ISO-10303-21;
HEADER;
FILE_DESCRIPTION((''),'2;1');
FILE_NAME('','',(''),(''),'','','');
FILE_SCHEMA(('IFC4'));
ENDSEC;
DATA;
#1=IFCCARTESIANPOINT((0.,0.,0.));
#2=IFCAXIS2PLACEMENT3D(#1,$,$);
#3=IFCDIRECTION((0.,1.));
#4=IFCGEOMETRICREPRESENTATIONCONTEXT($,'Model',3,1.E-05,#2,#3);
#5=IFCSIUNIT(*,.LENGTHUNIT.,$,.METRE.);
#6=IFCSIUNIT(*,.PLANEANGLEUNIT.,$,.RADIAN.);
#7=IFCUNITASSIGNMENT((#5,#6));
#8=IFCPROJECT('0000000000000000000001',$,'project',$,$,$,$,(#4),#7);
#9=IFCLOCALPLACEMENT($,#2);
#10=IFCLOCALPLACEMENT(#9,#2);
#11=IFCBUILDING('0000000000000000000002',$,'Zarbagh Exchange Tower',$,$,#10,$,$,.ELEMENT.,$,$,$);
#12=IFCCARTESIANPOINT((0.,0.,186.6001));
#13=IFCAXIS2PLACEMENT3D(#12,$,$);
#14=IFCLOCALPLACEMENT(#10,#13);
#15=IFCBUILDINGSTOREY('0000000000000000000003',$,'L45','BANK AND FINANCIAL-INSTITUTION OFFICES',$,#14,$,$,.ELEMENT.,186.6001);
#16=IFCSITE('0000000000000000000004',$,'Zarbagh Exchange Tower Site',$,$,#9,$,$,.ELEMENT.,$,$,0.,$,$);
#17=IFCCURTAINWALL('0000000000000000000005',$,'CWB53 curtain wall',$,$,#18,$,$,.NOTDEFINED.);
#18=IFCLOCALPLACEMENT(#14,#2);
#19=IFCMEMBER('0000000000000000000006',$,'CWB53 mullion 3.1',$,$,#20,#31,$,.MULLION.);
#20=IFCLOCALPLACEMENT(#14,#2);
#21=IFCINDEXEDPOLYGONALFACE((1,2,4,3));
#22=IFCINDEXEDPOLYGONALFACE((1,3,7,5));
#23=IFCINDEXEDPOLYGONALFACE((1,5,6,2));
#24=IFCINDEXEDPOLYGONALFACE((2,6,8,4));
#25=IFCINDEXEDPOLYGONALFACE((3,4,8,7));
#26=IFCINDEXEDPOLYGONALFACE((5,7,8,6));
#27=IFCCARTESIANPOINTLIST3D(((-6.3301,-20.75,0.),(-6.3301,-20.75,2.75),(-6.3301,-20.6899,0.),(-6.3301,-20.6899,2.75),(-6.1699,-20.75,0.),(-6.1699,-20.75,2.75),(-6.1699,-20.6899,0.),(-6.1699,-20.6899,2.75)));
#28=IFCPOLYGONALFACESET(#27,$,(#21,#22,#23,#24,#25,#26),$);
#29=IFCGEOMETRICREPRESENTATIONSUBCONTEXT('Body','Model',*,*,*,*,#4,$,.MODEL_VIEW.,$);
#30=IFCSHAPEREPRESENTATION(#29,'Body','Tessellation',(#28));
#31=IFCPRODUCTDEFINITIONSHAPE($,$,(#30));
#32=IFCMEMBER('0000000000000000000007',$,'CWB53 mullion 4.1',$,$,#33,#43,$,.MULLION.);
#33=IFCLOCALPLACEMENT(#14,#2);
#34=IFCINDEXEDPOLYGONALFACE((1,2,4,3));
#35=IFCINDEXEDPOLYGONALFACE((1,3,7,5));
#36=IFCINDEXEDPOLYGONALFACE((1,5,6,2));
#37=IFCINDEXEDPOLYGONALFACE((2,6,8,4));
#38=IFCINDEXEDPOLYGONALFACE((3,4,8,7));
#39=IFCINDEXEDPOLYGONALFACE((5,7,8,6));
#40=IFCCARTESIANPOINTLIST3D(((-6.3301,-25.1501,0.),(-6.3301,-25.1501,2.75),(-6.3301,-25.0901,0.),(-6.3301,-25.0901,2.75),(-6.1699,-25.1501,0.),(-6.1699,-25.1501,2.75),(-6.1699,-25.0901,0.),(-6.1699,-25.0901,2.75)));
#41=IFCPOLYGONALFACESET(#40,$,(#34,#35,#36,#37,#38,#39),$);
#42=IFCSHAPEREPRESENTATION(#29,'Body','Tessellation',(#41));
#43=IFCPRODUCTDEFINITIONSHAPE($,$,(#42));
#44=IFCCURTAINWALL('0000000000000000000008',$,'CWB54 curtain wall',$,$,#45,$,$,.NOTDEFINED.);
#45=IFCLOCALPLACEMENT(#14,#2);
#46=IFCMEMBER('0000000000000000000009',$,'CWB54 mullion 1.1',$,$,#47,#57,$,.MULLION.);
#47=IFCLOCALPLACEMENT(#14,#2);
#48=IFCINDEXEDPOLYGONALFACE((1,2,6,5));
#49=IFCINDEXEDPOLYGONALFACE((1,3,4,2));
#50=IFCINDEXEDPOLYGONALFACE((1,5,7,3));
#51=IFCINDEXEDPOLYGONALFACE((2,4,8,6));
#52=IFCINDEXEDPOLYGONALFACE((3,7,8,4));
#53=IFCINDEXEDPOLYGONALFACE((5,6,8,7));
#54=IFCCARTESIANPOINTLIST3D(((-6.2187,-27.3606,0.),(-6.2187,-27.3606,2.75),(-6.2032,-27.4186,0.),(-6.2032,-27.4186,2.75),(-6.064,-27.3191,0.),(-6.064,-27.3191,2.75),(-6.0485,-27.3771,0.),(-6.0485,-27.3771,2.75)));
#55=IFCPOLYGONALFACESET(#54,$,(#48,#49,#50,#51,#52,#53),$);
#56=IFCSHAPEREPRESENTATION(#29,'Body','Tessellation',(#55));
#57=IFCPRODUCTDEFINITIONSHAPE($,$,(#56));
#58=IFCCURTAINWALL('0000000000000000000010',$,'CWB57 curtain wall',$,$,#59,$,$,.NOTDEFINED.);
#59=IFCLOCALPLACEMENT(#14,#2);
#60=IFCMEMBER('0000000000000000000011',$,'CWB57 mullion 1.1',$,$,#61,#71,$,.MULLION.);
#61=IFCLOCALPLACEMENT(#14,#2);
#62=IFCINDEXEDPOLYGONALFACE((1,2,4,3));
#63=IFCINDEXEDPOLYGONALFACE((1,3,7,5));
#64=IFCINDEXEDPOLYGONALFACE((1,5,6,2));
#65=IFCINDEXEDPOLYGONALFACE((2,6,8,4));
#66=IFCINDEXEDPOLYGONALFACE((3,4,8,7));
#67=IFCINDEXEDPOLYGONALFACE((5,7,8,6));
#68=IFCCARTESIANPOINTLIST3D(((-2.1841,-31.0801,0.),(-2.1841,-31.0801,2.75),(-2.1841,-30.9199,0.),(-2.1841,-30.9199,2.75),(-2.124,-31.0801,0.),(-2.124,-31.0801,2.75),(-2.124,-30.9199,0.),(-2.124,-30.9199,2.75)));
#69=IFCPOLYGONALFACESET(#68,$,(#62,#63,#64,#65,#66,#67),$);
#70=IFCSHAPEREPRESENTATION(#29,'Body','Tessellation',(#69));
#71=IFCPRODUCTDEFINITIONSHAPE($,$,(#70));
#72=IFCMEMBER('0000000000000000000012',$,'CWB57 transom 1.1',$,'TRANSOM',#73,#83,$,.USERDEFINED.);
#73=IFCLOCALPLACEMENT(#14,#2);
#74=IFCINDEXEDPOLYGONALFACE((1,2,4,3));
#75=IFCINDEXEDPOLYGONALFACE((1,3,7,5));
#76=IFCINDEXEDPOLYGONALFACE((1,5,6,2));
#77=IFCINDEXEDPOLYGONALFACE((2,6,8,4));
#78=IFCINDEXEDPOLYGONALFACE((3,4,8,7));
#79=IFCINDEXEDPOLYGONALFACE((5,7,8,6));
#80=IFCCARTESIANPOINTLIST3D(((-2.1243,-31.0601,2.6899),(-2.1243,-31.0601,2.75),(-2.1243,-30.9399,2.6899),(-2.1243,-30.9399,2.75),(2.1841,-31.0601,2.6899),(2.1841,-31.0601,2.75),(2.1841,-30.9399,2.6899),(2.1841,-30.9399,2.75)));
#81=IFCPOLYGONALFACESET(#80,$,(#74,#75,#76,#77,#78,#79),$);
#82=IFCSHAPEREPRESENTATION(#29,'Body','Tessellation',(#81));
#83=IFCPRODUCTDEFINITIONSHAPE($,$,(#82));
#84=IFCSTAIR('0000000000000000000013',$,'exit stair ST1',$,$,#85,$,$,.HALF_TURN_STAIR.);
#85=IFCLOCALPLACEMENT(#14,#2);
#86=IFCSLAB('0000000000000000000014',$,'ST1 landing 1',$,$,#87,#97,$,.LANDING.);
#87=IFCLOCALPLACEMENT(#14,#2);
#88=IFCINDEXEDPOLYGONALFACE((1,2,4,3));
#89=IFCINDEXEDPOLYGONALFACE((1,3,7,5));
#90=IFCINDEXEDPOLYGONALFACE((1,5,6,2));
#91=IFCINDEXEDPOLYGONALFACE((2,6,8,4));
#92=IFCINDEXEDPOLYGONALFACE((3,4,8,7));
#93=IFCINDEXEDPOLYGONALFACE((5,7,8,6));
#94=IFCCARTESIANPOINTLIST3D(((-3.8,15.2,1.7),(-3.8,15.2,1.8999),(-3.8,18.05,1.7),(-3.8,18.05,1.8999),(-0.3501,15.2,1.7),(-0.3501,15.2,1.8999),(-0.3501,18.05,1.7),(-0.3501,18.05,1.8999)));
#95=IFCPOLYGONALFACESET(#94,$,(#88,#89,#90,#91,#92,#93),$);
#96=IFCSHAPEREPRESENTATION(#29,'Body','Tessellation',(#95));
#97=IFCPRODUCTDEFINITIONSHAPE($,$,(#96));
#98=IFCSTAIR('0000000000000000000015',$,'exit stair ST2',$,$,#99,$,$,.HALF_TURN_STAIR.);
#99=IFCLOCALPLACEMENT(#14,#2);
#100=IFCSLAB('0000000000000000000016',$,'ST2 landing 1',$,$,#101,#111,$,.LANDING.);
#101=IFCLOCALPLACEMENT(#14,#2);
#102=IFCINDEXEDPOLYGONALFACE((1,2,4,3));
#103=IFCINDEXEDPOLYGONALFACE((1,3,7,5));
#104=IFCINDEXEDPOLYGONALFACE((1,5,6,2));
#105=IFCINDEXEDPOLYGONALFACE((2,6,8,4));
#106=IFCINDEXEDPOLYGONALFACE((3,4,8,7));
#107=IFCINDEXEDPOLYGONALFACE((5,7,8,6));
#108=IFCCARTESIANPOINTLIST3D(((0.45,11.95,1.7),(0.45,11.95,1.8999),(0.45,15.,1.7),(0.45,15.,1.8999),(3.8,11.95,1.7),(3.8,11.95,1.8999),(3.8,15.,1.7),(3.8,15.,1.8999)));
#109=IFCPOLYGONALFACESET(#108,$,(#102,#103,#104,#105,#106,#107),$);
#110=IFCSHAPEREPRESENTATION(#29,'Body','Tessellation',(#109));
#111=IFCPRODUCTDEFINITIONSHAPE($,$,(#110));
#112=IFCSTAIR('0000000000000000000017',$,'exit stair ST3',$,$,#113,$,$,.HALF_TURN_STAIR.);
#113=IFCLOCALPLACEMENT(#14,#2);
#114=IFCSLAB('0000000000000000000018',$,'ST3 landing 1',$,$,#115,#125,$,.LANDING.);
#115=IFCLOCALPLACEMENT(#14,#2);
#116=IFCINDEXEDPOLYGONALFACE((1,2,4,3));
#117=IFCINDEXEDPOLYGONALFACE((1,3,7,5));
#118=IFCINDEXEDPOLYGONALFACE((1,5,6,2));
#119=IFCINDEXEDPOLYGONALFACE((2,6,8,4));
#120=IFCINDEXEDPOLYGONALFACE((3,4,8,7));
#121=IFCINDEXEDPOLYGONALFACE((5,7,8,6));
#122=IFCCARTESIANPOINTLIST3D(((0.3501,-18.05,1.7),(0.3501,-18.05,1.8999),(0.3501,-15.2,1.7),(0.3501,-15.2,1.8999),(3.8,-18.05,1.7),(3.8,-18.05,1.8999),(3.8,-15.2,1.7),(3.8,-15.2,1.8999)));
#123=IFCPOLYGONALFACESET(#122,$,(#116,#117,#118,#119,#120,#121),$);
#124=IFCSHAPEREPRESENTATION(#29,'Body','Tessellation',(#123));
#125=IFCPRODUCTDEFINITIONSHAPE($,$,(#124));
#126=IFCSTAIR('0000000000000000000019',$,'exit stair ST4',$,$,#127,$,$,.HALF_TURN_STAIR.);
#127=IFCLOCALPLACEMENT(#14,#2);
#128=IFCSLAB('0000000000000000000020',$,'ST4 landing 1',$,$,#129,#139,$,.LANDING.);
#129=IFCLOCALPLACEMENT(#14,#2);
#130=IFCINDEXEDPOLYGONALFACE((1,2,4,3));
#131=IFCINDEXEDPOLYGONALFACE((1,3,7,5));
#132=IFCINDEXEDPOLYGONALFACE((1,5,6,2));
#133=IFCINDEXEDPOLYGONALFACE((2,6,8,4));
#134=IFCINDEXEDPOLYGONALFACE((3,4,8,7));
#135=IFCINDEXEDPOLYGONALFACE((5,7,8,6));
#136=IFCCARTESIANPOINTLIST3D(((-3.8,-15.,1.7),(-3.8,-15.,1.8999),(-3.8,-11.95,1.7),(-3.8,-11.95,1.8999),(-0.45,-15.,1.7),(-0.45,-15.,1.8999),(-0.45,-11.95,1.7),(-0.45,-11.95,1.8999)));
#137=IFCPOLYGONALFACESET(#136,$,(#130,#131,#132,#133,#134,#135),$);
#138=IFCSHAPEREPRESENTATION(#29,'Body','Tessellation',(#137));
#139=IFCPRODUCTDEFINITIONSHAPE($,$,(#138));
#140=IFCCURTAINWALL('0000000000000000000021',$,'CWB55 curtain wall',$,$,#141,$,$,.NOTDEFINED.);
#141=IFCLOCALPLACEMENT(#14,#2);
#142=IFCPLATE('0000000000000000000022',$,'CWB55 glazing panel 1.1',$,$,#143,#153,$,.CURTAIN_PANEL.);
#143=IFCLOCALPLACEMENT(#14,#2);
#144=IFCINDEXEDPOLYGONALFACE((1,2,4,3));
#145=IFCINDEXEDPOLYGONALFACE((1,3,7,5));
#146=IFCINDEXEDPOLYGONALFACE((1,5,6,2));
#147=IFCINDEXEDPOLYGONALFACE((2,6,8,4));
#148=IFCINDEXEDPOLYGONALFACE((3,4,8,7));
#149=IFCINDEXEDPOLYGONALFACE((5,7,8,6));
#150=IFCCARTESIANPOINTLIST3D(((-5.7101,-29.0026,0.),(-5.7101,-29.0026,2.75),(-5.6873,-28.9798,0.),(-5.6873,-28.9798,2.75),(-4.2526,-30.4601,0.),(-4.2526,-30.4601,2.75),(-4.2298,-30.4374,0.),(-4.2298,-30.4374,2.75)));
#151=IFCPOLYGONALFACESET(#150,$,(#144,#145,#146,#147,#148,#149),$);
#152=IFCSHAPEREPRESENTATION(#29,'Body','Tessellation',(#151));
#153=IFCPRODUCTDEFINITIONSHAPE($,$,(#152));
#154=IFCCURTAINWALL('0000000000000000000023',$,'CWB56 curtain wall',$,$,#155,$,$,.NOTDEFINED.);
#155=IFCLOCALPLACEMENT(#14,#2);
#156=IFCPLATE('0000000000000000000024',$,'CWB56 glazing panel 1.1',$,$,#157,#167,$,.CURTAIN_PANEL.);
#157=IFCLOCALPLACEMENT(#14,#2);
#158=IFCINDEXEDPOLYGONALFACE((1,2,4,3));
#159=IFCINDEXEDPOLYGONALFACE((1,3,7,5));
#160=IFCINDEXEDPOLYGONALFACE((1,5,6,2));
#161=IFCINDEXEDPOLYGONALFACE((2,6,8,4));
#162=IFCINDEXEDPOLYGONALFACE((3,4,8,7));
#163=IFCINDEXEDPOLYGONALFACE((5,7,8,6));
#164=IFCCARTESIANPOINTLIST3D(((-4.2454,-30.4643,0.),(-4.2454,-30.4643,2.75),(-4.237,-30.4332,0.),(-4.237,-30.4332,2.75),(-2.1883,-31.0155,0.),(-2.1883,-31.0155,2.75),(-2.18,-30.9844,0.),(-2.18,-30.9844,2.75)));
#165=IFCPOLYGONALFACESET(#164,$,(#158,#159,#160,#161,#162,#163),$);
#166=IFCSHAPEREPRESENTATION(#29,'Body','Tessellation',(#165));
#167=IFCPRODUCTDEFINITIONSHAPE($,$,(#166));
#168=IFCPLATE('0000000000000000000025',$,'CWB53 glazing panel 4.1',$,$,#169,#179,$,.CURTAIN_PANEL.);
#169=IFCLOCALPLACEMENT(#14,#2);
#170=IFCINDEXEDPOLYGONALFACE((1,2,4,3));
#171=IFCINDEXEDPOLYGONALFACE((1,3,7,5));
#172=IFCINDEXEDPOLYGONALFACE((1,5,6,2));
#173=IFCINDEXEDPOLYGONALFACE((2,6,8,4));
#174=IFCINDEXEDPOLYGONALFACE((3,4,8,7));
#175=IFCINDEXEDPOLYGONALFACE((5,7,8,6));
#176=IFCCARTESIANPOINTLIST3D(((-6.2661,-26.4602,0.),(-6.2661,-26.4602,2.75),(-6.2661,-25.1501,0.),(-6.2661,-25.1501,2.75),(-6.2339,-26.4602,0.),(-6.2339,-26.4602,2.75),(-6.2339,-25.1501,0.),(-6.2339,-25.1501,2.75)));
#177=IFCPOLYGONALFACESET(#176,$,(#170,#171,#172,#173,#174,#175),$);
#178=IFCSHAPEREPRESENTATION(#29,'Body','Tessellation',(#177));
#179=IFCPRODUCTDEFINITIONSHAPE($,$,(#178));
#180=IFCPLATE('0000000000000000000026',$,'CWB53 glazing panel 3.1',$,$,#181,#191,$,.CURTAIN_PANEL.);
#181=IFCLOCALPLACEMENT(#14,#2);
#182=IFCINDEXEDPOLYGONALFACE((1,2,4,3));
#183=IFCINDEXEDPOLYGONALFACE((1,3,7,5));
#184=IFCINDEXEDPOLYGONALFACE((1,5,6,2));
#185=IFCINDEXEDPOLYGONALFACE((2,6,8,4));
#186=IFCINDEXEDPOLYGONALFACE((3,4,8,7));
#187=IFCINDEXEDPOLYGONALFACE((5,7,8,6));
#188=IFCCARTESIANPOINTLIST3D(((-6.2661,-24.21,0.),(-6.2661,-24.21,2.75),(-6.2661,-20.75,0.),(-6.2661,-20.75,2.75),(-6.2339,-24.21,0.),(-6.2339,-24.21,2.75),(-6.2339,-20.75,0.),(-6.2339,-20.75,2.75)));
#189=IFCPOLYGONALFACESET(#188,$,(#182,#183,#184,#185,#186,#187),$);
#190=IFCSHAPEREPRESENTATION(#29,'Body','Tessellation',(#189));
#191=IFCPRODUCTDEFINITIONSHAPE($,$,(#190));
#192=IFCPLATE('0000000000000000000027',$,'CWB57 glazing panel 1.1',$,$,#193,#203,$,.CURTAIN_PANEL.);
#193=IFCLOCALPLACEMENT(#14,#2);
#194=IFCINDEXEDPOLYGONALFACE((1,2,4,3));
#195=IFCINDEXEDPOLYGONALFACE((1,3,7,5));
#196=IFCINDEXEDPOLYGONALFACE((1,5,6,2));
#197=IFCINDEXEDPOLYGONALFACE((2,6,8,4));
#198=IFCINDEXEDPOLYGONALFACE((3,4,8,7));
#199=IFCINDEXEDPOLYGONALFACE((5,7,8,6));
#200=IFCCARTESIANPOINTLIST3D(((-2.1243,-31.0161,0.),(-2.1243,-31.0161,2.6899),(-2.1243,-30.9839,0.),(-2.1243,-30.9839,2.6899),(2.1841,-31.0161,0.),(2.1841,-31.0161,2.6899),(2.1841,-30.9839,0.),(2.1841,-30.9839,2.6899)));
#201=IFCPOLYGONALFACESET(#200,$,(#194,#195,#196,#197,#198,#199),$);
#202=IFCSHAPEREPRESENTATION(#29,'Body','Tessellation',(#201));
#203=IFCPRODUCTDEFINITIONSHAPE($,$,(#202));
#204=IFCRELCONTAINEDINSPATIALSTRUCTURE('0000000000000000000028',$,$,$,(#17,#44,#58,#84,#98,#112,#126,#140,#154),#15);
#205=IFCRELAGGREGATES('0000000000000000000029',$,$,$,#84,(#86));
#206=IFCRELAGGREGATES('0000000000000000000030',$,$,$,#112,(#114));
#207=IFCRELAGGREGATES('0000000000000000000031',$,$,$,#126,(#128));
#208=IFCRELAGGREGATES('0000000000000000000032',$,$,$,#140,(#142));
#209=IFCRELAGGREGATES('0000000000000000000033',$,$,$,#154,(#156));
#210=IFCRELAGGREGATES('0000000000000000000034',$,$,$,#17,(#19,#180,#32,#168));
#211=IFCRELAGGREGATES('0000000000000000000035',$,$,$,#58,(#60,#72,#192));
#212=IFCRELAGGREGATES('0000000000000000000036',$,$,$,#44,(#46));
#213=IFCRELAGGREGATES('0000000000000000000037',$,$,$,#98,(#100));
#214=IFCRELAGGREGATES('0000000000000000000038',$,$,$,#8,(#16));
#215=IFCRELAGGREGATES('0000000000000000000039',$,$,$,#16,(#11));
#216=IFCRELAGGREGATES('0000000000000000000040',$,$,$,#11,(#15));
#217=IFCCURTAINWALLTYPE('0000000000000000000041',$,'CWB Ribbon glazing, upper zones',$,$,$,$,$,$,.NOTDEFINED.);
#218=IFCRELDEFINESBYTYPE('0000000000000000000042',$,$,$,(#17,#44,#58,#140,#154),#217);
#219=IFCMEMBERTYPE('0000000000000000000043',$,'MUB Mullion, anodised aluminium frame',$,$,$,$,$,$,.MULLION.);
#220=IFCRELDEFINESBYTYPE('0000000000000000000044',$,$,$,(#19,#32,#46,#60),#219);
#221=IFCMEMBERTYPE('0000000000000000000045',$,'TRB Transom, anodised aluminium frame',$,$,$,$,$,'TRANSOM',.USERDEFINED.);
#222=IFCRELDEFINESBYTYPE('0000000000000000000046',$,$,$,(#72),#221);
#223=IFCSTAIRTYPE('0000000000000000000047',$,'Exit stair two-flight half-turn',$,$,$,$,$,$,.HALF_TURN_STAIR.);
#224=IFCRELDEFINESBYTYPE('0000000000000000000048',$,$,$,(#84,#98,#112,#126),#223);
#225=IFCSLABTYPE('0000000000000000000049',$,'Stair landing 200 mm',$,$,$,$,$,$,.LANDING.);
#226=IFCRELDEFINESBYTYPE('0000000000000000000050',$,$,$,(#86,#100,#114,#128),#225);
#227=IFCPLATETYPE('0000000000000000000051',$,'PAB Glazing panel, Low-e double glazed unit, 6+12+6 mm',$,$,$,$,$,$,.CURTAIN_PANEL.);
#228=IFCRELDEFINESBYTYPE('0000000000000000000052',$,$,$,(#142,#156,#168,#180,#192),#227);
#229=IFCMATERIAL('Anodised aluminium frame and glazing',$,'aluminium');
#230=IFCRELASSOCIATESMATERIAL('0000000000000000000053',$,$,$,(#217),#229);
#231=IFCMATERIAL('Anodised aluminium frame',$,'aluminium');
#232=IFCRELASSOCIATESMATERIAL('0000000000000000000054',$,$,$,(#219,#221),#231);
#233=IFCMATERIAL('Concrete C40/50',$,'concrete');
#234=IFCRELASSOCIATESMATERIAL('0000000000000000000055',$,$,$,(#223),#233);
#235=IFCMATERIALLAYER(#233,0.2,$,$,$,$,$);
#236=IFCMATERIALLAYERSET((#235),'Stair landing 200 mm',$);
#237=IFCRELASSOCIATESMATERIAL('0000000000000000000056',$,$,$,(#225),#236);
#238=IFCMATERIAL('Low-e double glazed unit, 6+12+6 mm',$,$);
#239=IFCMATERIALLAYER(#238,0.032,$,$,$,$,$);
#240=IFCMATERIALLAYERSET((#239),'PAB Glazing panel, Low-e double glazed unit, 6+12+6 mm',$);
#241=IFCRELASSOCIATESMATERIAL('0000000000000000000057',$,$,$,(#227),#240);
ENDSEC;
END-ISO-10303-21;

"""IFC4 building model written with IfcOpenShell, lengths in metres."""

from ifc_helpers import new_model, si_unit, direction, frame, origin, place, context, subcontext, project, spatial, polyline, outline, extrude, source, transform, mapped, material, layer, layer_set, type_object, element, aggregate, save


model = new_model("IFC4")

# Units and contexts
model_context = context("Model", 3, precision=1e-05, world=origin(), true_north=direction((0.0, 1.0)))
body_context = subcontext(model_context, "Body", "Model", "MODEL_VIEW")
ifc_project = project(units=[si_unit("LENGTHUNIT", "METRE"), si_unit("PLANEANGLEUNIT", "RADIAN")], contexts=[model_context])

# Site, building, storey
site_placement = place(None, origin())
site = spatial("IfcSite", under=ifc_project, at=site_placement, Name="Zarbagh Exchange Tower Site", CompositionType="ELEMENT", RefElevation=0.0)
building_placement = place(site_placement, origin())
building = spatial("IfcBuilding", under=site, at=building_placement, Name="Zarbagh Exchange Tower", CompositionType="ELEMENT")
storey_placement = place(building_placement, frame((0.0, 0.0, 186.6001)))
storey = spatial("IfcBuildingStorey", under=building, at=storey_placement, Name="L45", Description="BANK AND FINANCIAL-INSTITUTION OFFICES", CompositionType="ELEMENT", Elevation=186.6001)

# Curtain wall, members
ifc_material_1 = material(Name="Anodised aluminium frame and glazing", Category="aluminium")
curtain_wall_type = type_object("IfcCurtainWallType", Name="CWB Ribbon glazing, upper zones", PredefinedType="NOTDEFINED", material=ifc_material_1)
curtain_wall_1_placement = place(storey_placement, origin())
curtain_wall_1 = element("IfcCurtainWall", 1, at=curtain_wall_1_placement, inside=storey, type_object=curtain_wall_type, Name="CWB53 curtain wall", PredefinedType="NOTDEFINED")
ifc_material_2 = material(Name="Anodised aluminium frame", Category="aluminium")
member_type_1 = type_object("IfcMemberType", Name="MUB Mullion, anodised aluminium frame", PredefinedType="MULLION", material=ifc_material_2)
shared_shape_1 = source(origin(), body_context, "Body", "SweptSolid", [
    extrude(outline(polyline([(0.0, -0.0801), (0.0601, -0.0801), (0.0601, 0.0801), (0.0, 0.0801), (0.0, -0.0801)])), origin(), (0.0, 0.0, 1.0), 2.75),
])
placement = place(storey_placement, origin())
member_1 = element("IfcMember", 2, at=placement, type_object=member_type_1, Name="CWB53 mullion 3.1", PredefinedType="MULLION", context=body_context, shape_type="MappedRepresentation", body=[
    mapped(shared_shape_1, transform((-6.25, -20.6899, 0.0), x_axis=(0.0, -1.0, 0.0), y_axis=(1.0, 0.0, 0.0), z_axis=(0.0, 0.0, 1.0))),
])
member_2 = element("IfcMember", 3, at=placement, type_object=member_type_1, Name="CWB53 mullion 4.1", PredefinedType="MULLION", context=body_context, shape_type="MappedRepresentation", body=[
    mapped(shared_shape_1, transform((-6.25, -25.0901, 0.0), x_axis=(0.0, -1.0, 0.0), y_axis=(1.0, 0.0, 0.0), z_axis=(0.0, 0.0, 1.0))),
])

# Curtain wall, member
curtain_wall_2_placement = place(storey_placement, origin())
curtain_wall_2 = element("IfcCurtainWall", 4, at=curtain_wall_2_placement, inside=storey, type_object=curtain_wall_type, Name="CWB54 curtain wall", PredefinedType="NOTDEFINED")
member_3 = element("IfcMember", 5, at=placement, type_object=member_type_1, Name="CWB54 mullion 1.1", PredefinedType="MULLION", context=body_context, shape_type="MappedRepresentation", body=[
    mapped(shared_shape_1, transform((-6.1414, -27.3398, 0.0), x_axis=(0.258825, -0.965924, 0.0), y_axis=(0.965924, 0.258825, 0.0), z_axis=(0.0, 0.0, 1.0))),
])

# Curtain wall, members
curtain_wall_3_placement = place(storey_placement, origin())
curtain_wall_3 = element("IfcCurtainWall", 6, at=curtain_wall_3_placement, inside=storey, type_object=curtain_wall_type, Name="CWB57 curtain wall", PredefinedType="NOTDEFINED")
member_4 = element("IfcMember", 7, at=placement, type_object=member_type_1, Name="CWB57 mullion 1.1", PredefinedType="MULLION", context=body_context, shape_type="MappedRepresentation", body=[
    mapped(shared_shape_1, transform((-2.1841, -31.0, 0.0), x_axis=(1.0, 0.0, 0.0), y_axis=(0.0, 1.0, 0.0), z_axis=(0.0, 0.0, 1.0))),
])
member_type_2 = type_object("IfcMemberType", Name="TRB Transom, anodised aluminium frame", ElementType="TRANSOM", PredefinedType="USERDEFINED", material=ifc_material_2)
shared_shape_2 = source(origin(), body_context, "Body", "SweptSolid", [
    extrude(outline(polyline([(-0.0601, -0.0601), (0.0, -0.0601), (0.0, 0.0601), (-0.0601, 0.0601), (-0.0601, -0.0601)])), origin(), (0.0, 0.0, 1.0), 4.3083),
])
member_5 = element("IfcMember", 8, at=placement, type_object=member_type_2, Name="CWB57 transom 1.1", ObjectType="TRANSOM", PredefinedType="USERDEFINED", context=body_context, shape_type="MappedRepresentation", body=[
    mapped(shared_shape_2, transform((-2.1243, -31.0, 2.75), x_axis=(0.0, 0.0, 1.0), y_axis=(0.0, -1.0, 0.0), z_axis=(1.0, 0.0, 0.0))),
])

# Stairs, slabs
ifc_material_3 = material(Name="Concrete C40/50", Category="concrete")
stair_type = type_object("IfcStairType", Name="Exit stair two-flight half-turn", PredefinedType="HALF_TURN_STAIR", material=ifc_material_3)
stair_1_placement = place(storey_placement, origin())
stair_1 = element("IfcStair", 9, at=stair_1_placement, inside=storey, type_object=stair_type, Name="exit stair ST1", PredefinedType="HALF_TURN_STAIR")
ifc_layer_1 = layer(ifc_material_3, 0.2)
ifc_layer_set_1 = layer_set([ifc_layer_1], Name="Stair landing 200 mm")
slab_type = type_object("IfcSlabType", Name="Stair landing 200 mm", PredefinedType="LANDING", material=ifc_layer_set_1)
slab_1_placement = place(storey_placement, frame((0.0, 0.0, 1.7)))
slab_1 = element("IfcSlab", 10, at=slab_1_placement, type_object=slab_type, Name="ST1 landing 1", PredefinedType="LANDING", context=body_context, shape_type="SweptSolid", body=[
    extrude(outline(polyline([(-0.3501, 18.05), (-3.8, 18.05), (-3.8, 15.2), (-0.3501, 15.2), (-0.3501, 18.05)])), origin(), (0.0, 0.0, 1.0), 0.2),
])
aggregate(stair_1, [slab_1])
stair_2_placement = place(storey_placement, origin())
stair_2 = element("IfcStair", 11, at=stair_2_placement, inside=storey, type_object=stair_type, Name="exit stair ST2", PredefinedType="HALF_TURN_STAIR")
slab_2_placement = place(storey_placement, frame((0.0, 0.0, 1.7)))
slab_2 = element("IfcSlab", 12, at=slab_2_placement, type_object=slab_type, Name="ST2 landing 1", PredefinedType="LANDING", context=body_context, shape_type="SweptSolid", body=[
    extrude(outline(polyline([(0.45, 11.95), (3.8, 11.95), (3.8, 15.0), (0.45, 15.0), (0.45, 11.95)])), origin(), (0.0, 0.0, 1.0), 0.2),
])
stair_3_placement = place(storey_placement, origin())
stair_3 = element("IfcStair", 13, at=stair_3_placement, inside=storey, type_object=stair_type, Name="exit stair ST3", PredefinedType="HALF_TURN_STAIR")
slab_3_placement = place(storey_placement, frame((0.0, 0.0, 1.7)))
slab_3 = element("IfcSlab", 14, at=slab_3_placement, type_object=slab_type, Name="ST3 landing 1", PredefinedType="LANDING", context=body_context, shape_type="SweptSolid", body=[
    extrude(outline(polyline([(0.3501, -18.05), (3.8, -18.05), (3.8, -15.2), (0.3501, -15.2), (0.3501, -18.05)])), origin(), (0.0, 0.0, 1.0), 0.2),
])
aggregate(stair_3, [slab_3])
stair_4_placement = place(storey_placement, origin())
stair_4 = element("IfcStair", 15, at=stair_4_placement, inside=storey, type_object=stair_type, Name="exit stair ST4", PredefinedType="HALF_TURN_STAIR")
slab_4_placement = place(storey_placement, frame((0.0, 0.0, 1.7)))
slab_4 = element("IfcSlab", 16, at=slab_4_placement, type_object=slab_type, Name="ST4 landing 1", PredefinedType="LANDING", context=body_context, shape_type="SweptSolid", body=[
    extrude(outline(polyline([(-0.45, -11.95), (-3.8, -11.95), (-3.8, -15.0), (-0.45, -15.0), (-0.45, -11.95)])), origin(), (0.0, 0.0, 1.0), 0.2),
])
aggregate(stair_4, [slab_4])

# Curtain walls, plates
curtain_wall_4_placement = place(storey_placement, origin())
curtain_wall_4 = element("IfcCurtainWall", 17, at=curtain_wall_4_placement, inside=storey, type_object=curtain_wall_type, Name="CWB55 curtain wall", PredefinedType="NOTDEFINED")
ifc_material_4 = material(Name="Low-e double glazed unit, 6+12+6 mm")
ifc_layer_2 = layer(ifc_material_4, 0.032)
ifc_layer_set_2 = layer_set([ifc_layer_2], Name="PAB Glazing panel, Low-e double glazed unit, 6+12+6 mm")
plate_type = type_object("IfcPlateType", Name="PAB Glazing panel, Low-e double glazed unit, 6+12+6 mm", PredefinedType="CURTAIN_PANEL", material=ifc_layer_set_2)
shared_shape_3 = source(origin(), body_context, "Body", "SweptSolid", [
    extrude(outline(polyline([(0.0, -0.0161), (2.0613, -0.0161), (2.0613, 0.0161), (0.0, 0.0161), (0.0, -0.0161)])), origin(), (0.0, 0.0, 1.0), 2.75),
])
plate_1 = element("IfcPlate", 18, at=placement, type_object=plate_type, Name="CWB55 glazing panel 1.1", PredefinedType="CURTAIN_PANEL", context=body_context, shape_type="MappedRepresentation", body=[
    mapped(shared_shape_3, transform((-5.6987, -28.9912, 0.0), x_axis=(0.707107, -0.707107, 0.0), y_axis=(0.707107, 0.707107, 0.0), z_axis=(0.0, 0.0, 1.0))),
])
aggregate(curtain_wall_4, [plate_1])
curtain_wall_5_placement = place(storey_placement, origin())
curtain_wall_5 = element("IfcCurtainWall", 19, at=curtain_wall_5_placement, inside=storey, type_object=curtain_wall_type, Name="CWB56 curtain wall", PredefinedType="NOTDEFINED")
shared_shape_4 = source(origin(), body_context, "Body", "SweptSolid", [
    extrude(outline(polyline([(0.0, -0.0161), (2.1296, -0.0161), (2.1296, 0.0161), (0.0, 0.0161), (0.0, -0.0161)])), origin(), (0.0, 0.0, 1.0), 2.75),
])
plate_2 = element("IfcPlate", 20, at=placement, type_object=plate_type, Name="CWB56 glazing panel 1.1", PredefinedType="CURTAIN_PANEL", context=body_context, shape_type="MappedRepresentation", body=[
    mapped(shared_shape_4, transform((-4.2412, -30.4487, 0.0), x_axis=(0.965924, -0.258825, 0.0), y_axis=(0.258825, 0.965924, 0.0), z_axis=(0.0, 0.0, 1.0))),
])
aggregate(curtain_wall_5, [plate_2])

# Plates
shared_shape_5 = source(origin(), body_context, "Body", "SweptSolid", [
    extrude(outline(polyline([(0.0, -0.0161), (1.3101, -0.0161), (1.3101, 0.0161), (0.0, 0.0161), (0.0, -0.0161)])), origin(), (0.0, 0.0, 1.0), 2.75),
])
plate_3 = element("IfcPlate", 21, at=placement, type_object=plate_type, Name="CWB53 glazing panel 4.1", PredefinedType="CURTAIN_PANEL", context=body_context, shape_type="MappedRepresentation", body=[
    mapped(shared_shape_5, transform((-6.25, -25.1501, 0.0), x_axis=(0.0, -1.0, 0.0), y_axis=(1.0, 0.0, 0.0), z_axis=(0.0, 0.0, 1.0))),
])
shared_shape_6 = source(origin(), body_context, "Body", "SweptSolid", [
    extrude(outline(polyline([(0.0, -0.0161), (3.46, -0.0161), (3.46, 0.0161), (0.0, 0.0161), (0.0, -0.0161)])), origin(), (0.0, 0.0, 1.0), 2.75),
])
plate_4 = element("IfcPlate", 22, at=placement, type_object=plate_type, Name="CWB53 glazing panel 3.1", PredefinedType="CURTAIN_PANEL", context=body_context, shape_type="MappedRepresentation", body=[
    mapped(shared_shape_6, transform((-6.25, -20.75, 0.0), x_axis=(0.0, -1.0, 0.0), y_axis=(1.0, 0.0, 0.0), z_axis=(0.0, 0.0, 1.0))),
])
aggregate(curtain_wall_1, [member_1, plate_4, member_2, plate_3])
shared_shape_7 = source(origin(), body_context, "Body", "SweptSolid", [
    extrude(outline(polyline([(0.0, -0.0161), (4.3083, -0.0161), (4.3083, 0.0161), (0.0, 0.0161), (0.0, -0.0161)])), origin(), (0.0, 0.0, 1.0), 2.6899),
])
plate_5 = element("IfcPlate", 23, at=placement, type_object=plate_type, Name="CWB57 glazing panel 1.1", PredefinedType="CURTAIN_PANEL", context=body_context, shape_type="MappedRepresentation", body=[
    mapped(shared_shape_7, transform((-2.1243, -31.0, 0.0), x_axis=(1.0, 0.0, 0.0), y_axis=(0.0, 1.0, 0.0), z_axis=(0.0, 0.0, 1.0))),
])
aggregate(curtain_wall_3, [member_4, member_5, plate_5])
aggregate(curtain_wall_2, [member_3])

aggregate(stair_2, [slab_2])

save(model, "model.ifc")
